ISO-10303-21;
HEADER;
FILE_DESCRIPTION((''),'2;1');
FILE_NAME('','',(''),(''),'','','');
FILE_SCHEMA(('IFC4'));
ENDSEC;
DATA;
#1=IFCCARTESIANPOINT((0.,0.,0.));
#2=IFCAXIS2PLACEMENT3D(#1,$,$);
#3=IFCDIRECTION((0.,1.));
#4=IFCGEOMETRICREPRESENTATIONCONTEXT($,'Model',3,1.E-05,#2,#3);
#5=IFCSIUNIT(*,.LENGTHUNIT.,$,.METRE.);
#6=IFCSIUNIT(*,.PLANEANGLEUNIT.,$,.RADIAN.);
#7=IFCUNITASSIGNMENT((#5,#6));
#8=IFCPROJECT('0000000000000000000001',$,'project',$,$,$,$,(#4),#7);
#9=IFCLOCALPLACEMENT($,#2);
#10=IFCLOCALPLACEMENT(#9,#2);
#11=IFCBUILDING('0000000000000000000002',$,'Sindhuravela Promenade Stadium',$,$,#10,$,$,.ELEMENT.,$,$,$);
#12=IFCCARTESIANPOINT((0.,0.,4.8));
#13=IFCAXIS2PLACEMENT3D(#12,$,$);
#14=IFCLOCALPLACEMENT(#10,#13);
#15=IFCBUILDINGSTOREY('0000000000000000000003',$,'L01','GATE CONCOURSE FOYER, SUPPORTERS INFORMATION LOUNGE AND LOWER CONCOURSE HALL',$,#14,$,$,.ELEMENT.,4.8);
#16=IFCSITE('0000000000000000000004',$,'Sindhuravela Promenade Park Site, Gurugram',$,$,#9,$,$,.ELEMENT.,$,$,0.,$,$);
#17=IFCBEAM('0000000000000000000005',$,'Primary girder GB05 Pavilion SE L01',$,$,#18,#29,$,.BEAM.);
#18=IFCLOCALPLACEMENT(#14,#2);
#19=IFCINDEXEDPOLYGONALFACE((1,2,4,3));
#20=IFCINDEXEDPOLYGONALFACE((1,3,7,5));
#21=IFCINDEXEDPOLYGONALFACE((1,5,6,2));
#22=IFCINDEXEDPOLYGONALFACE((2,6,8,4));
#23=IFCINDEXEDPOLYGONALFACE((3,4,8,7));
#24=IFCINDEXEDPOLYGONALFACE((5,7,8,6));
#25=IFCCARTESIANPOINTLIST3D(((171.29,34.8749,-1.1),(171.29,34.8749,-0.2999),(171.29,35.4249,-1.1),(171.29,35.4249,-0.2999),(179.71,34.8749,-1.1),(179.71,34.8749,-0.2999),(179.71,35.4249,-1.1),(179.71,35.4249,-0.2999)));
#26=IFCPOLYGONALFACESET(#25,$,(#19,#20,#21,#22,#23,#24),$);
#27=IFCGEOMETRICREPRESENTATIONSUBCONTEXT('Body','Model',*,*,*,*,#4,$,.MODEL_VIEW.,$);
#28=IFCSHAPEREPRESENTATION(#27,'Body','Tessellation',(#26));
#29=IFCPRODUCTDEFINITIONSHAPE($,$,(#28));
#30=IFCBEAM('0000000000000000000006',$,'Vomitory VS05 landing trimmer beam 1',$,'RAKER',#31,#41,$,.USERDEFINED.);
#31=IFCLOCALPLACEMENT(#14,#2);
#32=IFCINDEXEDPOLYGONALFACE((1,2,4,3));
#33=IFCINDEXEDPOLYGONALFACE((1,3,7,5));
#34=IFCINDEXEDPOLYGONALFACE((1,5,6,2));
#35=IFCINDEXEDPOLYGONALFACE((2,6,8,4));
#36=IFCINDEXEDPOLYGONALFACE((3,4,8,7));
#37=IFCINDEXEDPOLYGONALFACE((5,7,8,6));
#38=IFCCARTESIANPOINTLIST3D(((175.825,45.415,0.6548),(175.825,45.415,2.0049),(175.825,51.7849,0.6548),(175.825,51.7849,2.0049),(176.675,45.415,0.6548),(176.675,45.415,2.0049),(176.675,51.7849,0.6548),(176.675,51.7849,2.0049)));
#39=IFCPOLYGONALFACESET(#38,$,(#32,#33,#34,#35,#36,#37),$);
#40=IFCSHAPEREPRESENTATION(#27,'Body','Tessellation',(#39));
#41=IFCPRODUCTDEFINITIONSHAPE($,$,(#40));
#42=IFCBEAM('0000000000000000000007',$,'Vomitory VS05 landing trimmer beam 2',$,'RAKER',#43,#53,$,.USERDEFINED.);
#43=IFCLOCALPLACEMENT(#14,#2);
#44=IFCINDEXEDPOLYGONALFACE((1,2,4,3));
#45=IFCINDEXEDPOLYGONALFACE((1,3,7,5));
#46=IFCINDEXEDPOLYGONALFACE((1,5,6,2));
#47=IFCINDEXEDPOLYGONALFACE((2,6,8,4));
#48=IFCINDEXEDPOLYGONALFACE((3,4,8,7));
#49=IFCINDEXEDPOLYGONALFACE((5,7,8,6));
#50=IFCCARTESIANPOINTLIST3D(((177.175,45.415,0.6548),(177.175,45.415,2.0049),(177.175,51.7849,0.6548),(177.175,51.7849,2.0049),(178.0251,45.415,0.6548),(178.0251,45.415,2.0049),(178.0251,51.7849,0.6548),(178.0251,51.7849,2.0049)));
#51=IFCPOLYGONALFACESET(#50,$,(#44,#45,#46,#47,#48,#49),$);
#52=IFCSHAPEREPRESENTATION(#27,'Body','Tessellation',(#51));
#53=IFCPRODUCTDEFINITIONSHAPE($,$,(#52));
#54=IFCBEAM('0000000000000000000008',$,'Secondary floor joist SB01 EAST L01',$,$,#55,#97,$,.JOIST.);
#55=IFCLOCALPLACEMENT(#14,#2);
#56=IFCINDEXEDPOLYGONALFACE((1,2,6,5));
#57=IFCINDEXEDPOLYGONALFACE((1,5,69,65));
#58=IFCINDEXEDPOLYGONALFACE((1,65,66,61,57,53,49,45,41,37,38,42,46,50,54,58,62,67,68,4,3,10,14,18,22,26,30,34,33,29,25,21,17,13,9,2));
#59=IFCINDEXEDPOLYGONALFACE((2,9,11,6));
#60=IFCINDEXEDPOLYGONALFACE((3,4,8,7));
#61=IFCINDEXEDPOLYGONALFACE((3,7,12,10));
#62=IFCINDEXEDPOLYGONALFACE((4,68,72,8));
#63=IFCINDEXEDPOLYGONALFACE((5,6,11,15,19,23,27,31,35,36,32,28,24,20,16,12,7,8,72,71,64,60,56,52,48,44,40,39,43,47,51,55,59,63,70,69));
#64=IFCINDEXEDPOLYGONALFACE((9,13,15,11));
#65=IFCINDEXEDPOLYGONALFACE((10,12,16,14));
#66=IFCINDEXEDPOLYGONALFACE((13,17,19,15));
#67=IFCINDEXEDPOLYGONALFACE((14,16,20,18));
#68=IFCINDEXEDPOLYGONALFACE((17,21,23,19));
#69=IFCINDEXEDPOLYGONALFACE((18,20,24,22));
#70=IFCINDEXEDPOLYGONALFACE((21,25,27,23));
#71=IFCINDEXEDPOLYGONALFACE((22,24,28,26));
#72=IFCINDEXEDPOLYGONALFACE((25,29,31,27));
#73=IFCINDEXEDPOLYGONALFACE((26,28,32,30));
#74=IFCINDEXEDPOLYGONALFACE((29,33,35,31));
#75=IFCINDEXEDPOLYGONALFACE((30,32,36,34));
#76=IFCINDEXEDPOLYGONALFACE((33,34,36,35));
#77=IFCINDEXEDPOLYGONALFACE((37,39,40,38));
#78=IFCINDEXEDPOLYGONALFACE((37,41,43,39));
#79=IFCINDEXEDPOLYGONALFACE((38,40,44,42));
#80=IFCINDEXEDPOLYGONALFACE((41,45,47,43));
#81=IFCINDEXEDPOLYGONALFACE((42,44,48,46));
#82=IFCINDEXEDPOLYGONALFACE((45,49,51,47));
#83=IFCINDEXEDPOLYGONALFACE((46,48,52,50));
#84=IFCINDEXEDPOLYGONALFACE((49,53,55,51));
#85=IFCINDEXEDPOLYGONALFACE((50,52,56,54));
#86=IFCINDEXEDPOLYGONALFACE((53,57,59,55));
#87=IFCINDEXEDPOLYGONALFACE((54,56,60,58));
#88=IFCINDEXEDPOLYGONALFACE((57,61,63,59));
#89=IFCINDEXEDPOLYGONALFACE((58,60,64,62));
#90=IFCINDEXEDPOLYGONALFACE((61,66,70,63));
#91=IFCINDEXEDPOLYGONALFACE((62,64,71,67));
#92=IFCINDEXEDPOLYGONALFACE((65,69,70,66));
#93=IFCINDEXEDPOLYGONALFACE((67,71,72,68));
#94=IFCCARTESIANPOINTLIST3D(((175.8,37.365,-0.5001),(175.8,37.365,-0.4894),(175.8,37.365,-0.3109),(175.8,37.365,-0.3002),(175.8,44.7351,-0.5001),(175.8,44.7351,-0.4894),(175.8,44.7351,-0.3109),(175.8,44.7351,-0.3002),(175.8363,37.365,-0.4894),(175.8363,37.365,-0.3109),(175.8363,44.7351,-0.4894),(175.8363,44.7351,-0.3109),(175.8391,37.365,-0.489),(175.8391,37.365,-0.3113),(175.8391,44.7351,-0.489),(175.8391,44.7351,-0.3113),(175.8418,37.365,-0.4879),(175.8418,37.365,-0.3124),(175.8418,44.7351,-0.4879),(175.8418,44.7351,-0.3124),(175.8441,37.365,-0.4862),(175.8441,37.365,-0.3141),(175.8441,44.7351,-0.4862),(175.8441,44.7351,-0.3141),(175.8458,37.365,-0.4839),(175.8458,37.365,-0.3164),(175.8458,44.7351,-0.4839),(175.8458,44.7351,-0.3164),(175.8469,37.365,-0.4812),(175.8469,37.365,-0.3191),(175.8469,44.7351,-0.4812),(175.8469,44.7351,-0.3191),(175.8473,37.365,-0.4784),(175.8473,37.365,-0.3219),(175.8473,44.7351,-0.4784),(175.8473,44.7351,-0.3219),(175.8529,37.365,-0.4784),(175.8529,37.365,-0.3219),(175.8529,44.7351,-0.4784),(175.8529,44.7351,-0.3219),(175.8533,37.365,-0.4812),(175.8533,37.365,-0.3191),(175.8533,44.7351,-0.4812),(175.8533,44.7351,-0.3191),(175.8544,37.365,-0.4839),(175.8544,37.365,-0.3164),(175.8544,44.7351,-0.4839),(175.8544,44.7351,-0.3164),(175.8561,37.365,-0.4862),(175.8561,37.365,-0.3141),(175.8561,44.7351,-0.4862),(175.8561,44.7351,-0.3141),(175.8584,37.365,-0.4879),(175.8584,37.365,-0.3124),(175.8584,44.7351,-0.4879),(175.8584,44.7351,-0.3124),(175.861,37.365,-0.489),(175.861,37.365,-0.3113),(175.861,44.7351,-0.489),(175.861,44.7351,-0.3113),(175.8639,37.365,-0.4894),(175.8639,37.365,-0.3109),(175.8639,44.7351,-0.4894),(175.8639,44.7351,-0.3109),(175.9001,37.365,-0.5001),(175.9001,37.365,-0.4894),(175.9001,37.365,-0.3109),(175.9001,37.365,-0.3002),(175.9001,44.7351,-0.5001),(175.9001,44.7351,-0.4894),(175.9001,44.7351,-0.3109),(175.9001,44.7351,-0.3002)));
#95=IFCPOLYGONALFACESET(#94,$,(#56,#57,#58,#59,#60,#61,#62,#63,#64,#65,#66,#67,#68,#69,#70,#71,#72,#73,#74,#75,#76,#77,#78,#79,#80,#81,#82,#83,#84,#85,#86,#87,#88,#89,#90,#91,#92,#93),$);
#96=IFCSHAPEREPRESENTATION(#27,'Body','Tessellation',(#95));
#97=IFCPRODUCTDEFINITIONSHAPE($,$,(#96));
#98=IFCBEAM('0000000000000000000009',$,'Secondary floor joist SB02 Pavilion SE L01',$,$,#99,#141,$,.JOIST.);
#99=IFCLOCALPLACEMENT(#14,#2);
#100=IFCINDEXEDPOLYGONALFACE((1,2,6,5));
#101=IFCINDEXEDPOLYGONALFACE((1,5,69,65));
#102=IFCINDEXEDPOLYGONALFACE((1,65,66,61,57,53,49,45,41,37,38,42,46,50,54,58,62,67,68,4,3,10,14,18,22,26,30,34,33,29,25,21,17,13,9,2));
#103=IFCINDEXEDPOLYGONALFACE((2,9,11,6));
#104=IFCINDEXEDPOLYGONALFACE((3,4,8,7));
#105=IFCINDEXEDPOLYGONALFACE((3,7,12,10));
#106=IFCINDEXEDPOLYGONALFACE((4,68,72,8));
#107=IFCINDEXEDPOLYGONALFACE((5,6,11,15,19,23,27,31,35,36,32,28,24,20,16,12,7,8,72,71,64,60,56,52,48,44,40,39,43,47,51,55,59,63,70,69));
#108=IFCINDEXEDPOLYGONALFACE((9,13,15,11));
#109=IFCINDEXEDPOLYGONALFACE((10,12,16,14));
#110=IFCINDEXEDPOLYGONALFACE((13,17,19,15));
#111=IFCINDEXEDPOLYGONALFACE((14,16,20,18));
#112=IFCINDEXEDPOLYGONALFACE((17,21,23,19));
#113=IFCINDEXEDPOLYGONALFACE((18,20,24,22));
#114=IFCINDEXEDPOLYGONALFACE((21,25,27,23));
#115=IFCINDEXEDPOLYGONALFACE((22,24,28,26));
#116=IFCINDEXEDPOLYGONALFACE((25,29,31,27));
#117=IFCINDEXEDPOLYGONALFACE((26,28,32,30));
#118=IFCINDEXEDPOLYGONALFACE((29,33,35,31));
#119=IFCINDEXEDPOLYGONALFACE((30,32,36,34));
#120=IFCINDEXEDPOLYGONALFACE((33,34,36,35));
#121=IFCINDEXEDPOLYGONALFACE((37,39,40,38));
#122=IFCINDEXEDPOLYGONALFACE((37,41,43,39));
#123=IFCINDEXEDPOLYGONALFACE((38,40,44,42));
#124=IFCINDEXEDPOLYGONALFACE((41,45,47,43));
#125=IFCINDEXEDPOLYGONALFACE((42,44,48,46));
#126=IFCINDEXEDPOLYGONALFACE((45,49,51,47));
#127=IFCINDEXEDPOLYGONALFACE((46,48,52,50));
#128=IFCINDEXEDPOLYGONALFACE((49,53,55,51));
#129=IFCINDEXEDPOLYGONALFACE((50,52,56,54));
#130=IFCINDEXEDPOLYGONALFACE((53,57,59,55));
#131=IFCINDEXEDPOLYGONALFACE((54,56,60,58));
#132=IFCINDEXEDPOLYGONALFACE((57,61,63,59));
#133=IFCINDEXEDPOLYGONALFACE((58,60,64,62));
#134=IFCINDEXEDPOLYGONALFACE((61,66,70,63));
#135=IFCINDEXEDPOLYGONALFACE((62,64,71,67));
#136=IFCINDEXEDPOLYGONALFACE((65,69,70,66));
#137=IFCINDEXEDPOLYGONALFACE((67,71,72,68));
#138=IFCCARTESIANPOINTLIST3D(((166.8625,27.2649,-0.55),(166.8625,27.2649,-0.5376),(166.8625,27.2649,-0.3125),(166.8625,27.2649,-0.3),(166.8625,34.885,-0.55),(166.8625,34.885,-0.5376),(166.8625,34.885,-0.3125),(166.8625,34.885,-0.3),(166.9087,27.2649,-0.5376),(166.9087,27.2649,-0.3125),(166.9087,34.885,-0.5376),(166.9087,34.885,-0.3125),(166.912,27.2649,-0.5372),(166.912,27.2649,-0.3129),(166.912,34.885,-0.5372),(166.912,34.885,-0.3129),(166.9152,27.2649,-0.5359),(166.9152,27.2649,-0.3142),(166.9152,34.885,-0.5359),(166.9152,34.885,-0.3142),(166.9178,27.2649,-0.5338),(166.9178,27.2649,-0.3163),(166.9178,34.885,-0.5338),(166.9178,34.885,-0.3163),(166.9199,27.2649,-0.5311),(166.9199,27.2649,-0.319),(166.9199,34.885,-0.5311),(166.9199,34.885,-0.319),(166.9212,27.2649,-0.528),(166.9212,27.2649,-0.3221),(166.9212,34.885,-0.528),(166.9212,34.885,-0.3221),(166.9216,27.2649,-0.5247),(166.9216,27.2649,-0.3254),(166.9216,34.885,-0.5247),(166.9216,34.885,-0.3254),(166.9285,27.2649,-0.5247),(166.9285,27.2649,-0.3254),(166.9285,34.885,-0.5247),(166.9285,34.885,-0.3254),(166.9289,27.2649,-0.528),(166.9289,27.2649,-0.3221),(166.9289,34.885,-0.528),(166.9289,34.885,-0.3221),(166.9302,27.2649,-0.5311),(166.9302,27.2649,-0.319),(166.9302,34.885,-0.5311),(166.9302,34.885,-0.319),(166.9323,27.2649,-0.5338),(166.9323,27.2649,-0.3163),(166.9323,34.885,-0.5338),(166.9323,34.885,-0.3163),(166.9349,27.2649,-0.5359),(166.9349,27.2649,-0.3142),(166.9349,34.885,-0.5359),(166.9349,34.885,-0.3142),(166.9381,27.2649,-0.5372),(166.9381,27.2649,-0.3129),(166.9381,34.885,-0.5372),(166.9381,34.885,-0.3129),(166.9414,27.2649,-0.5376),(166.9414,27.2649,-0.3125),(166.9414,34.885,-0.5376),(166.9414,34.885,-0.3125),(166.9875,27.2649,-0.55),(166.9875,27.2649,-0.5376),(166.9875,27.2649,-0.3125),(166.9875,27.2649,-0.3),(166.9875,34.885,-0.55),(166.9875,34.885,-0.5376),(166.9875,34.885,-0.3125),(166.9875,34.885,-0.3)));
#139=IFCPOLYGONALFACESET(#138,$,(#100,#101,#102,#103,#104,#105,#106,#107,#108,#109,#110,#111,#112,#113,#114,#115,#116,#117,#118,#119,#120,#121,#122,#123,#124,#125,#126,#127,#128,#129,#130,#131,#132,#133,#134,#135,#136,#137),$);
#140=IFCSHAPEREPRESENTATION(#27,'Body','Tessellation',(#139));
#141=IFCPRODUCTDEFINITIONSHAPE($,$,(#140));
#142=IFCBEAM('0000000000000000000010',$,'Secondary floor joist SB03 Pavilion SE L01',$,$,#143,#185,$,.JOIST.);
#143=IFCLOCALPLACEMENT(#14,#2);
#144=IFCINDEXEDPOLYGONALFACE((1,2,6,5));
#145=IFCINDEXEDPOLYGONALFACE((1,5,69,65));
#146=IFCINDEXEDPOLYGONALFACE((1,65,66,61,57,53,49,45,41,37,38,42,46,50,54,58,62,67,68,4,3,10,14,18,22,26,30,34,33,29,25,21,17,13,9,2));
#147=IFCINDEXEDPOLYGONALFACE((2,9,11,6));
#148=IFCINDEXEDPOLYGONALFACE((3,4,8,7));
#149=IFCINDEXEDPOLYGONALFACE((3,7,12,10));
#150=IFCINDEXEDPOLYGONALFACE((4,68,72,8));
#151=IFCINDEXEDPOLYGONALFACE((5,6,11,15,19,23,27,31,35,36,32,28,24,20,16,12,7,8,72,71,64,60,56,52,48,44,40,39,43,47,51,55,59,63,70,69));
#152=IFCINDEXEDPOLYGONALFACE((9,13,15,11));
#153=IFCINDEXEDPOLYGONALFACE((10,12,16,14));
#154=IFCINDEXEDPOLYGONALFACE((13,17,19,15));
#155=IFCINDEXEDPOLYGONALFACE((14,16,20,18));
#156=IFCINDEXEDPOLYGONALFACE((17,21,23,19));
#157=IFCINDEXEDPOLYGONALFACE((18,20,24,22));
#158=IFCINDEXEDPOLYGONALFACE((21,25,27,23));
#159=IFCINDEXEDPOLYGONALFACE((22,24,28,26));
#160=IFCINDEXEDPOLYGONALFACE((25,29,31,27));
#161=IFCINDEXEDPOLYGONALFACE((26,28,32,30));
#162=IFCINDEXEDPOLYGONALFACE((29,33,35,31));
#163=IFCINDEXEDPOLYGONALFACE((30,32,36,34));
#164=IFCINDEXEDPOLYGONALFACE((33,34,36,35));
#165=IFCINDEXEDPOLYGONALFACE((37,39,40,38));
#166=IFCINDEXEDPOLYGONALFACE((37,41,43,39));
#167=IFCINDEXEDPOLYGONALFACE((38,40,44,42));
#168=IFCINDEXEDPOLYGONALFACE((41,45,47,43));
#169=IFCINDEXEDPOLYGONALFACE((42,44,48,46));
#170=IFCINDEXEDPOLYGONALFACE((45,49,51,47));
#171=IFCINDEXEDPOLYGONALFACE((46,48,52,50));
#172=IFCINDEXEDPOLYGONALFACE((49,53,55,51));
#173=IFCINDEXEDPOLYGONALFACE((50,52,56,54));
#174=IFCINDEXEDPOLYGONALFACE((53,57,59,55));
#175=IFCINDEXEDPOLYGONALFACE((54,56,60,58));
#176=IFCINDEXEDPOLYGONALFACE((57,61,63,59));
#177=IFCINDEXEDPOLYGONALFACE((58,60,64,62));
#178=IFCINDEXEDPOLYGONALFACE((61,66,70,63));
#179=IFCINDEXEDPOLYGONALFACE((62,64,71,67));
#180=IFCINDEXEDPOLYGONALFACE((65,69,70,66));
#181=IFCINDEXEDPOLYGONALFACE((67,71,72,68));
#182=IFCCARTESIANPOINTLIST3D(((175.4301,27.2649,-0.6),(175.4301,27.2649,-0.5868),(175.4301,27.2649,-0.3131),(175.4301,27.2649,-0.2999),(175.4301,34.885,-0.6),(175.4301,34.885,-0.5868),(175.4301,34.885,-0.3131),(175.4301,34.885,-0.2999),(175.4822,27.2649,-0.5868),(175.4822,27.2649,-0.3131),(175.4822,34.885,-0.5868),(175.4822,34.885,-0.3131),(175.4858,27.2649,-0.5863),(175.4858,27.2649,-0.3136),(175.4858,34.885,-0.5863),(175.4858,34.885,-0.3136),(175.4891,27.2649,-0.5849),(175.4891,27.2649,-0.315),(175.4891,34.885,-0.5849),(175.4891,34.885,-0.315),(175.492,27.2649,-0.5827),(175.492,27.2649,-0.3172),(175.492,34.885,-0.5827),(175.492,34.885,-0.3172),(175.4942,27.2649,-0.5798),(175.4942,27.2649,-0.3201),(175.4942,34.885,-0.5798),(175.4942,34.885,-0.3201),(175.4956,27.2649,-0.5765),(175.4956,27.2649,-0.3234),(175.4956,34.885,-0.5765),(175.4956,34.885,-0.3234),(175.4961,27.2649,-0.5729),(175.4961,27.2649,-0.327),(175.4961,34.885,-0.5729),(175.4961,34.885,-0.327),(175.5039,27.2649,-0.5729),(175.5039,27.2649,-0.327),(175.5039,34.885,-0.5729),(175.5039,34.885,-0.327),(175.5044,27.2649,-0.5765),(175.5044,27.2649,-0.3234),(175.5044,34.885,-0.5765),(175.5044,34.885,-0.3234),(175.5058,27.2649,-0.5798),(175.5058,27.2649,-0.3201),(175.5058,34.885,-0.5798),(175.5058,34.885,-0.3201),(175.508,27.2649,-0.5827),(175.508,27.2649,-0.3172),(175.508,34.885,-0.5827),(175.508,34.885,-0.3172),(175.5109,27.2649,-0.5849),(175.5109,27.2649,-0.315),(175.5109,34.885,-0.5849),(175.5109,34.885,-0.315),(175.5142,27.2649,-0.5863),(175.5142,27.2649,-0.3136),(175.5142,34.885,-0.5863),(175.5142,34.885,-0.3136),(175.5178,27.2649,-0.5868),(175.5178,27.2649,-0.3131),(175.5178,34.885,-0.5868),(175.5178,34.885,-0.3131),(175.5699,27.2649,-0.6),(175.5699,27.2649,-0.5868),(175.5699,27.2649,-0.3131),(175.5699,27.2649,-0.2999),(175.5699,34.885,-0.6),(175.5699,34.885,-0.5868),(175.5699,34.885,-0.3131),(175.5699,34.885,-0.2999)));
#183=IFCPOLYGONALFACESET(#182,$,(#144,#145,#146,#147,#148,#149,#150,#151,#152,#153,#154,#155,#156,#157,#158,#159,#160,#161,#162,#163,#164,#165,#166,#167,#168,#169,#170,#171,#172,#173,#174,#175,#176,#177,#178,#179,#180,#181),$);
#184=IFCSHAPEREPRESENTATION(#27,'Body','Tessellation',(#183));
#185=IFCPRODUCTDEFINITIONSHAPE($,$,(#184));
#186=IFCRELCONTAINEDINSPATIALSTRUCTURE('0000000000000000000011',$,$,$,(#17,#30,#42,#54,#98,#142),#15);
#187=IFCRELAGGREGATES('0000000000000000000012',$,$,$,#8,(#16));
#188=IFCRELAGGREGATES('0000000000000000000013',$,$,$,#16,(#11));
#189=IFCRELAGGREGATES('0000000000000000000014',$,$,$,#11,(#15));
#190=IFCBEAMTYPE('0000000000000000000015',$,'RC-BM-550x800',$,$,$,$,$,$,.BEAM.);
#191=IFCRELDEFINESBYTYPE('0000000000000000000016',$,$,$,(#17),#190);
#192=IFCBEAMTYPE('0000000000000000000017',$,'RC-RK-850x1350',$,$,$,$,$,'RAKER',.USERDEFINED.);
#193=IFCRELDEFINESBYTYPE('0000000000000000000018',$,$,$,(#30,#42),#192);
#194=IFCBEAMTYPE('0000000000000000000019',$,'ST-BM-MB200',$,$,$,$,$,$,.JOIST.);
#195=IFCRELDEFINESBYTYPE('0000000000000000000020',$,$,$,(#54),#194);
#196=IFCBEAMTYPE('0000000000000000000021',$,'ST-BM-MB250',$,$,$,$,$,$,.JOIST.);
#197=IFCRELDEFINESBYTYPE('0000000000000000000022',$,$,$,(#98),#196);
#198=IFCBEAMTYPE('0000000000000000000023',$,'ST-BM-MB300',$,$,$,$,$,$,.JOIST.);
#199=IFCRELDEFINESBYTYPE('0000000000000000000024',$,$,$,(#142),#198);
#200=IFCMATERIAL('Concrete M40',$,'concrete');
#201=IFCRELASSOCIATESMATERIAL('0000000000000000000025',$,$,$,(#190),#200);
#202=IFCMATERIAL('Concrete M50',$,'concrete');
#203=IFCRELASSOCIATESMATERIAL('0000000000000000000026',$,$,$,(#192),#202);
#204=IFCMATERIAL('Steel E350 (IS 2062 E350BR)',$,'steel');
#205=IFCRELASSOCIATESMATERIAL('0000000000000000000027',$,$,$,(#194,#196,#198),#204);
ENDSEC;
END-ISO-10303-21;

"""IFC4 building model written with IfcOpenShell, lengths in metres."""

from ifc_helpers import new_model, si_unit, direction, frame, origin, origin_2d, place, context, subcontext, project, spatial, rectangle, i_section, extrude, material, material_profile, profile_set, type_object, element, save


model = new_model("IFC4")

# Units and contexts
model_context = context("Model", 3, precision=1e-05, world=origin(), true_north=direction((0.0, 1.0)))
body_context = subcontext(model_context, "Body", "Model", "MODEL_VIEW")
ifc_project = project(units=[si_unit("LENGTHUNIT", "METRE"), si_unit("PLANEANGLEUNIT", "RADIAN")], contexts=[model_context])

# Site, building, storey
site_placement = place(None, origin())
site = spatial("IfcSite", under=ifc_project, at=site_placement, Name="Sindhuravela Promenade Park Site, Gurugram", CompositionType="ELEMENT", RefElevation=0.0)
building_placement = place(site_placement, origin())
building = spatial("IfcBuilding", under=site, at=building_placement, Name="Sindhuravela Promenade Stadium", CompositionType="ELEMENT")
storey_placement = place(building_placement, frame((0.0, 0.0, 4.8)))
storey = spatial("IfcBuildingStorey", under=building, at=storey_placement, Name="L01", Description="GATE CONCOURSE FOYER, SUPPORTERS INFORMATION LOUNGE AND LOWER CONCOURSE HALL", CompositionType="ELEMENT", Elevation=4.8)

# Shared definitions
ifc_material_1 = material(Name="Concrete M40", Category="concrete")

# Beams
ifc_material_profile_1 = material_profile(ifc_material_1, rectangle(XDim=0.55, YDim=0.8, at=origin_2d()), Name="RC 550x800")
ifc_profile_set_1 = profile_set([ifc_material_profile_1], Name="Concrete M40")
beam_type_1 = type_object("IfcBeamType", Name="RC-BM-550x800", PredefinedType="BEAM", material=ifc_profile_set_1)
beam_1_placement = place(storey_placement, frame((171.29, 35.1499, -0.7), z_axis=(1.0, 0.0, 0.0), x_axis=(0.0, 1.0, 0.0)))
element("IfcBeam", 1, at=beam_1_placement, inside=storey, type_object=beam_type_1, Name="Primary girder GB05 Pavilion SE L01", PredefinedType="BEAM", context=body_context, shape_type="SweptSolid", body=[
    extrude(rectangle(XDim=0.55, YDim=0.8, at=origin_2d()), origin(), (0.0, 0.0, 1.0), 8.4199),
])
ifc_material_2 = material(Name="Concrete M50", Category="concrete")
ifc_material_profile_2 = material_profile(ifc_material_2, rectangle(XDim=0.8501, YDim=1.3501, at=origin_2d()), Name="RC 850x1350")
ifc_profile_set_2 = profile_set([ifc_material_profile_2], Name="Concrete M50")
beam_type_2 = type_object("IfcBeamType", Name="RC-RK-850x1350", ElementType="RAKER", PredefinedType="USERDEFINED", material=ifc_profile_set_2)
for number, where, z_axis, x_axis, name in (
    (2, (176.25, 45.415, 1.3298), (0.0, 1.0, 0.0), (-1.0, 0.0, 0.0), "Vomitory VS05 landing trimmer beam 1"),
    (3, (177.6001, 45.415, 1.3298), (0.0, 1.0, 0.0), (-1.0, 0.0, 0.0), "Vomitory VS05 landing trimmer beam 2"),
):
    element("IfcBeam", number, at=place(storey_placement, frame(where, z_axis=z_axis, x_axis=x_axis)), inside=storey, type_object=beam_type_2, Name=name, ObjectType="RAKER", PredefinedType="USERDEFINED", context=body_context, shape_type="SweptSolid", body=[
        extrude(rectangle(XDim=0.8501, YDim=1.3501, at=origin_2d()), origin(), (0.0, 0.0, 1.0), 6.3699),
    ])
ifc_material_3 = material(Name="Steel E350 (IS 2062 E350BR)", Category="steel")
ifc_material_profile_3 = material_profile(ifc_material_3, i_section(OverallWidth=0.1001, OverallDepth=0.2, WebThickness=0.0056, FlangeThickness=0.0107, FilletRadius=0.011, at=origin_2d()), Name="ISMB 200")
ifc_profile_set_3 = profile_set([ifc_material_profile_3], Name="Steel E350 (IS 2062 E350BR)")
beam_type_3 = type_object("IfcBeamType", Name="ST-BM-MB200", PredefinedType="JOIST", material=ifc_profile_set_3)
beam_2_placement = place(storey_placement, frame((175.8501, 37.365, -0.4001), z_axis=(0.0, 1.0, 0.0), x_axis=(-1.0, 0.0, 0.0)))
element("IfcBeam", 4, at=beam_2_placement, inside=storey, type_object=beam_type_3, Name="Secondary floor joist SB01 EAST L01", PredefinedType="JOIST", context=body_context, shape_type="SweptSolid", body=[
    extrude(i_section(OverallWidth=0.1001, OverallDepth=0.2, WebThickness=0.0056, FlangeThickness=0.0107, FilletRadius=0.011, at=origin_2d()), origin(), (0.0, 0.0, 1.0), 7.3701),
])
ifc_material_profile_4 = material_profile(ifc_material_3, i_section(OverallWidth=0.125, OverallDepth=0.25, WebThickness=0.0068, FlangeThickness=0.0125, FilletRadius=0.0129, at=origin_2d()), Name="ISMB 250")
ifc_profile_set_4 = profile_set([ifc_material_profile_4], Name="Steel E350 (IS 2062 E350BR)")
beam_type_4 = type_object("IfcBeamType", Name="ST-BM-MB250", PredefinedType="JOIST", material=ifc_profile_set_4)
beam_3_placement = place(storey_placement, frame((166.925, 27.2649, -0.425), z_axis=(0.0, 1.0, 0.0), x_axis=(-1.0, 0.0, 0.0)))
element("IfcBeam", 5, at=beam_3_placement, inside=storey, type_object=beam_type_4, Name="Secondary floor joist SB02 Pavilion SE L01", PredefinedType="JOIST", context=body_context, shape_type="SweptSolid", body=[
    extrude(i_section(OverallWidth=0.125, OverallDepth=0.25, WebThickness=0.0068, FlangeThickness=0.0125, FilletRadius=0.0129, at=origin_2d()), origin(), (0.0, 0.0, 1.0), 7.6201),
])
ifc_material_profile_5 = material_profile(ifc_material_3, i_section(OverallWidth=0.1399, OverallDepth=0.3, WebThickness=0.0078, FlangeThickness=0.0132, FilletRadius=0.0139, at=origin_2d()), Name="ISMB 300")
ifc_profile_set_5 = profile_set([ifc_material_profile_5], Name="Steel E350 (IS 2062 E350BR)")
beam_type_5 = type_object("IfcBeamType", Name="ST-BM-MB300", PredefinedType="JOIST", material=ifc_profile_set_5)
beam_4_placement = place(storey_placement, frame((175.5, 27.2649, -0.45), z_axis=(0.0, 1.0, 0.0), x_axis=(-1.0, 0.0, 0.0)))
element("IfcBeam", 6, at=beam_4_placement, inside=storey, type_object=beam_type_5, Name="Secondary floor joist SB03 Pavilion SE L01", PredefinedType="JOIST", context=body_context, shape_type="SweptSolid", body=[
    extrude(i_section(OverallWidth=0.1399, OverallDepth=0.3, WebThickness=0.0078, FlangeThickness=0.0132, FilletRadius=0.0139, at=origin_2d()), origin(), (0.0, 0.0, 1.0), 7.6201),
])

save(model, "model.ifc")
